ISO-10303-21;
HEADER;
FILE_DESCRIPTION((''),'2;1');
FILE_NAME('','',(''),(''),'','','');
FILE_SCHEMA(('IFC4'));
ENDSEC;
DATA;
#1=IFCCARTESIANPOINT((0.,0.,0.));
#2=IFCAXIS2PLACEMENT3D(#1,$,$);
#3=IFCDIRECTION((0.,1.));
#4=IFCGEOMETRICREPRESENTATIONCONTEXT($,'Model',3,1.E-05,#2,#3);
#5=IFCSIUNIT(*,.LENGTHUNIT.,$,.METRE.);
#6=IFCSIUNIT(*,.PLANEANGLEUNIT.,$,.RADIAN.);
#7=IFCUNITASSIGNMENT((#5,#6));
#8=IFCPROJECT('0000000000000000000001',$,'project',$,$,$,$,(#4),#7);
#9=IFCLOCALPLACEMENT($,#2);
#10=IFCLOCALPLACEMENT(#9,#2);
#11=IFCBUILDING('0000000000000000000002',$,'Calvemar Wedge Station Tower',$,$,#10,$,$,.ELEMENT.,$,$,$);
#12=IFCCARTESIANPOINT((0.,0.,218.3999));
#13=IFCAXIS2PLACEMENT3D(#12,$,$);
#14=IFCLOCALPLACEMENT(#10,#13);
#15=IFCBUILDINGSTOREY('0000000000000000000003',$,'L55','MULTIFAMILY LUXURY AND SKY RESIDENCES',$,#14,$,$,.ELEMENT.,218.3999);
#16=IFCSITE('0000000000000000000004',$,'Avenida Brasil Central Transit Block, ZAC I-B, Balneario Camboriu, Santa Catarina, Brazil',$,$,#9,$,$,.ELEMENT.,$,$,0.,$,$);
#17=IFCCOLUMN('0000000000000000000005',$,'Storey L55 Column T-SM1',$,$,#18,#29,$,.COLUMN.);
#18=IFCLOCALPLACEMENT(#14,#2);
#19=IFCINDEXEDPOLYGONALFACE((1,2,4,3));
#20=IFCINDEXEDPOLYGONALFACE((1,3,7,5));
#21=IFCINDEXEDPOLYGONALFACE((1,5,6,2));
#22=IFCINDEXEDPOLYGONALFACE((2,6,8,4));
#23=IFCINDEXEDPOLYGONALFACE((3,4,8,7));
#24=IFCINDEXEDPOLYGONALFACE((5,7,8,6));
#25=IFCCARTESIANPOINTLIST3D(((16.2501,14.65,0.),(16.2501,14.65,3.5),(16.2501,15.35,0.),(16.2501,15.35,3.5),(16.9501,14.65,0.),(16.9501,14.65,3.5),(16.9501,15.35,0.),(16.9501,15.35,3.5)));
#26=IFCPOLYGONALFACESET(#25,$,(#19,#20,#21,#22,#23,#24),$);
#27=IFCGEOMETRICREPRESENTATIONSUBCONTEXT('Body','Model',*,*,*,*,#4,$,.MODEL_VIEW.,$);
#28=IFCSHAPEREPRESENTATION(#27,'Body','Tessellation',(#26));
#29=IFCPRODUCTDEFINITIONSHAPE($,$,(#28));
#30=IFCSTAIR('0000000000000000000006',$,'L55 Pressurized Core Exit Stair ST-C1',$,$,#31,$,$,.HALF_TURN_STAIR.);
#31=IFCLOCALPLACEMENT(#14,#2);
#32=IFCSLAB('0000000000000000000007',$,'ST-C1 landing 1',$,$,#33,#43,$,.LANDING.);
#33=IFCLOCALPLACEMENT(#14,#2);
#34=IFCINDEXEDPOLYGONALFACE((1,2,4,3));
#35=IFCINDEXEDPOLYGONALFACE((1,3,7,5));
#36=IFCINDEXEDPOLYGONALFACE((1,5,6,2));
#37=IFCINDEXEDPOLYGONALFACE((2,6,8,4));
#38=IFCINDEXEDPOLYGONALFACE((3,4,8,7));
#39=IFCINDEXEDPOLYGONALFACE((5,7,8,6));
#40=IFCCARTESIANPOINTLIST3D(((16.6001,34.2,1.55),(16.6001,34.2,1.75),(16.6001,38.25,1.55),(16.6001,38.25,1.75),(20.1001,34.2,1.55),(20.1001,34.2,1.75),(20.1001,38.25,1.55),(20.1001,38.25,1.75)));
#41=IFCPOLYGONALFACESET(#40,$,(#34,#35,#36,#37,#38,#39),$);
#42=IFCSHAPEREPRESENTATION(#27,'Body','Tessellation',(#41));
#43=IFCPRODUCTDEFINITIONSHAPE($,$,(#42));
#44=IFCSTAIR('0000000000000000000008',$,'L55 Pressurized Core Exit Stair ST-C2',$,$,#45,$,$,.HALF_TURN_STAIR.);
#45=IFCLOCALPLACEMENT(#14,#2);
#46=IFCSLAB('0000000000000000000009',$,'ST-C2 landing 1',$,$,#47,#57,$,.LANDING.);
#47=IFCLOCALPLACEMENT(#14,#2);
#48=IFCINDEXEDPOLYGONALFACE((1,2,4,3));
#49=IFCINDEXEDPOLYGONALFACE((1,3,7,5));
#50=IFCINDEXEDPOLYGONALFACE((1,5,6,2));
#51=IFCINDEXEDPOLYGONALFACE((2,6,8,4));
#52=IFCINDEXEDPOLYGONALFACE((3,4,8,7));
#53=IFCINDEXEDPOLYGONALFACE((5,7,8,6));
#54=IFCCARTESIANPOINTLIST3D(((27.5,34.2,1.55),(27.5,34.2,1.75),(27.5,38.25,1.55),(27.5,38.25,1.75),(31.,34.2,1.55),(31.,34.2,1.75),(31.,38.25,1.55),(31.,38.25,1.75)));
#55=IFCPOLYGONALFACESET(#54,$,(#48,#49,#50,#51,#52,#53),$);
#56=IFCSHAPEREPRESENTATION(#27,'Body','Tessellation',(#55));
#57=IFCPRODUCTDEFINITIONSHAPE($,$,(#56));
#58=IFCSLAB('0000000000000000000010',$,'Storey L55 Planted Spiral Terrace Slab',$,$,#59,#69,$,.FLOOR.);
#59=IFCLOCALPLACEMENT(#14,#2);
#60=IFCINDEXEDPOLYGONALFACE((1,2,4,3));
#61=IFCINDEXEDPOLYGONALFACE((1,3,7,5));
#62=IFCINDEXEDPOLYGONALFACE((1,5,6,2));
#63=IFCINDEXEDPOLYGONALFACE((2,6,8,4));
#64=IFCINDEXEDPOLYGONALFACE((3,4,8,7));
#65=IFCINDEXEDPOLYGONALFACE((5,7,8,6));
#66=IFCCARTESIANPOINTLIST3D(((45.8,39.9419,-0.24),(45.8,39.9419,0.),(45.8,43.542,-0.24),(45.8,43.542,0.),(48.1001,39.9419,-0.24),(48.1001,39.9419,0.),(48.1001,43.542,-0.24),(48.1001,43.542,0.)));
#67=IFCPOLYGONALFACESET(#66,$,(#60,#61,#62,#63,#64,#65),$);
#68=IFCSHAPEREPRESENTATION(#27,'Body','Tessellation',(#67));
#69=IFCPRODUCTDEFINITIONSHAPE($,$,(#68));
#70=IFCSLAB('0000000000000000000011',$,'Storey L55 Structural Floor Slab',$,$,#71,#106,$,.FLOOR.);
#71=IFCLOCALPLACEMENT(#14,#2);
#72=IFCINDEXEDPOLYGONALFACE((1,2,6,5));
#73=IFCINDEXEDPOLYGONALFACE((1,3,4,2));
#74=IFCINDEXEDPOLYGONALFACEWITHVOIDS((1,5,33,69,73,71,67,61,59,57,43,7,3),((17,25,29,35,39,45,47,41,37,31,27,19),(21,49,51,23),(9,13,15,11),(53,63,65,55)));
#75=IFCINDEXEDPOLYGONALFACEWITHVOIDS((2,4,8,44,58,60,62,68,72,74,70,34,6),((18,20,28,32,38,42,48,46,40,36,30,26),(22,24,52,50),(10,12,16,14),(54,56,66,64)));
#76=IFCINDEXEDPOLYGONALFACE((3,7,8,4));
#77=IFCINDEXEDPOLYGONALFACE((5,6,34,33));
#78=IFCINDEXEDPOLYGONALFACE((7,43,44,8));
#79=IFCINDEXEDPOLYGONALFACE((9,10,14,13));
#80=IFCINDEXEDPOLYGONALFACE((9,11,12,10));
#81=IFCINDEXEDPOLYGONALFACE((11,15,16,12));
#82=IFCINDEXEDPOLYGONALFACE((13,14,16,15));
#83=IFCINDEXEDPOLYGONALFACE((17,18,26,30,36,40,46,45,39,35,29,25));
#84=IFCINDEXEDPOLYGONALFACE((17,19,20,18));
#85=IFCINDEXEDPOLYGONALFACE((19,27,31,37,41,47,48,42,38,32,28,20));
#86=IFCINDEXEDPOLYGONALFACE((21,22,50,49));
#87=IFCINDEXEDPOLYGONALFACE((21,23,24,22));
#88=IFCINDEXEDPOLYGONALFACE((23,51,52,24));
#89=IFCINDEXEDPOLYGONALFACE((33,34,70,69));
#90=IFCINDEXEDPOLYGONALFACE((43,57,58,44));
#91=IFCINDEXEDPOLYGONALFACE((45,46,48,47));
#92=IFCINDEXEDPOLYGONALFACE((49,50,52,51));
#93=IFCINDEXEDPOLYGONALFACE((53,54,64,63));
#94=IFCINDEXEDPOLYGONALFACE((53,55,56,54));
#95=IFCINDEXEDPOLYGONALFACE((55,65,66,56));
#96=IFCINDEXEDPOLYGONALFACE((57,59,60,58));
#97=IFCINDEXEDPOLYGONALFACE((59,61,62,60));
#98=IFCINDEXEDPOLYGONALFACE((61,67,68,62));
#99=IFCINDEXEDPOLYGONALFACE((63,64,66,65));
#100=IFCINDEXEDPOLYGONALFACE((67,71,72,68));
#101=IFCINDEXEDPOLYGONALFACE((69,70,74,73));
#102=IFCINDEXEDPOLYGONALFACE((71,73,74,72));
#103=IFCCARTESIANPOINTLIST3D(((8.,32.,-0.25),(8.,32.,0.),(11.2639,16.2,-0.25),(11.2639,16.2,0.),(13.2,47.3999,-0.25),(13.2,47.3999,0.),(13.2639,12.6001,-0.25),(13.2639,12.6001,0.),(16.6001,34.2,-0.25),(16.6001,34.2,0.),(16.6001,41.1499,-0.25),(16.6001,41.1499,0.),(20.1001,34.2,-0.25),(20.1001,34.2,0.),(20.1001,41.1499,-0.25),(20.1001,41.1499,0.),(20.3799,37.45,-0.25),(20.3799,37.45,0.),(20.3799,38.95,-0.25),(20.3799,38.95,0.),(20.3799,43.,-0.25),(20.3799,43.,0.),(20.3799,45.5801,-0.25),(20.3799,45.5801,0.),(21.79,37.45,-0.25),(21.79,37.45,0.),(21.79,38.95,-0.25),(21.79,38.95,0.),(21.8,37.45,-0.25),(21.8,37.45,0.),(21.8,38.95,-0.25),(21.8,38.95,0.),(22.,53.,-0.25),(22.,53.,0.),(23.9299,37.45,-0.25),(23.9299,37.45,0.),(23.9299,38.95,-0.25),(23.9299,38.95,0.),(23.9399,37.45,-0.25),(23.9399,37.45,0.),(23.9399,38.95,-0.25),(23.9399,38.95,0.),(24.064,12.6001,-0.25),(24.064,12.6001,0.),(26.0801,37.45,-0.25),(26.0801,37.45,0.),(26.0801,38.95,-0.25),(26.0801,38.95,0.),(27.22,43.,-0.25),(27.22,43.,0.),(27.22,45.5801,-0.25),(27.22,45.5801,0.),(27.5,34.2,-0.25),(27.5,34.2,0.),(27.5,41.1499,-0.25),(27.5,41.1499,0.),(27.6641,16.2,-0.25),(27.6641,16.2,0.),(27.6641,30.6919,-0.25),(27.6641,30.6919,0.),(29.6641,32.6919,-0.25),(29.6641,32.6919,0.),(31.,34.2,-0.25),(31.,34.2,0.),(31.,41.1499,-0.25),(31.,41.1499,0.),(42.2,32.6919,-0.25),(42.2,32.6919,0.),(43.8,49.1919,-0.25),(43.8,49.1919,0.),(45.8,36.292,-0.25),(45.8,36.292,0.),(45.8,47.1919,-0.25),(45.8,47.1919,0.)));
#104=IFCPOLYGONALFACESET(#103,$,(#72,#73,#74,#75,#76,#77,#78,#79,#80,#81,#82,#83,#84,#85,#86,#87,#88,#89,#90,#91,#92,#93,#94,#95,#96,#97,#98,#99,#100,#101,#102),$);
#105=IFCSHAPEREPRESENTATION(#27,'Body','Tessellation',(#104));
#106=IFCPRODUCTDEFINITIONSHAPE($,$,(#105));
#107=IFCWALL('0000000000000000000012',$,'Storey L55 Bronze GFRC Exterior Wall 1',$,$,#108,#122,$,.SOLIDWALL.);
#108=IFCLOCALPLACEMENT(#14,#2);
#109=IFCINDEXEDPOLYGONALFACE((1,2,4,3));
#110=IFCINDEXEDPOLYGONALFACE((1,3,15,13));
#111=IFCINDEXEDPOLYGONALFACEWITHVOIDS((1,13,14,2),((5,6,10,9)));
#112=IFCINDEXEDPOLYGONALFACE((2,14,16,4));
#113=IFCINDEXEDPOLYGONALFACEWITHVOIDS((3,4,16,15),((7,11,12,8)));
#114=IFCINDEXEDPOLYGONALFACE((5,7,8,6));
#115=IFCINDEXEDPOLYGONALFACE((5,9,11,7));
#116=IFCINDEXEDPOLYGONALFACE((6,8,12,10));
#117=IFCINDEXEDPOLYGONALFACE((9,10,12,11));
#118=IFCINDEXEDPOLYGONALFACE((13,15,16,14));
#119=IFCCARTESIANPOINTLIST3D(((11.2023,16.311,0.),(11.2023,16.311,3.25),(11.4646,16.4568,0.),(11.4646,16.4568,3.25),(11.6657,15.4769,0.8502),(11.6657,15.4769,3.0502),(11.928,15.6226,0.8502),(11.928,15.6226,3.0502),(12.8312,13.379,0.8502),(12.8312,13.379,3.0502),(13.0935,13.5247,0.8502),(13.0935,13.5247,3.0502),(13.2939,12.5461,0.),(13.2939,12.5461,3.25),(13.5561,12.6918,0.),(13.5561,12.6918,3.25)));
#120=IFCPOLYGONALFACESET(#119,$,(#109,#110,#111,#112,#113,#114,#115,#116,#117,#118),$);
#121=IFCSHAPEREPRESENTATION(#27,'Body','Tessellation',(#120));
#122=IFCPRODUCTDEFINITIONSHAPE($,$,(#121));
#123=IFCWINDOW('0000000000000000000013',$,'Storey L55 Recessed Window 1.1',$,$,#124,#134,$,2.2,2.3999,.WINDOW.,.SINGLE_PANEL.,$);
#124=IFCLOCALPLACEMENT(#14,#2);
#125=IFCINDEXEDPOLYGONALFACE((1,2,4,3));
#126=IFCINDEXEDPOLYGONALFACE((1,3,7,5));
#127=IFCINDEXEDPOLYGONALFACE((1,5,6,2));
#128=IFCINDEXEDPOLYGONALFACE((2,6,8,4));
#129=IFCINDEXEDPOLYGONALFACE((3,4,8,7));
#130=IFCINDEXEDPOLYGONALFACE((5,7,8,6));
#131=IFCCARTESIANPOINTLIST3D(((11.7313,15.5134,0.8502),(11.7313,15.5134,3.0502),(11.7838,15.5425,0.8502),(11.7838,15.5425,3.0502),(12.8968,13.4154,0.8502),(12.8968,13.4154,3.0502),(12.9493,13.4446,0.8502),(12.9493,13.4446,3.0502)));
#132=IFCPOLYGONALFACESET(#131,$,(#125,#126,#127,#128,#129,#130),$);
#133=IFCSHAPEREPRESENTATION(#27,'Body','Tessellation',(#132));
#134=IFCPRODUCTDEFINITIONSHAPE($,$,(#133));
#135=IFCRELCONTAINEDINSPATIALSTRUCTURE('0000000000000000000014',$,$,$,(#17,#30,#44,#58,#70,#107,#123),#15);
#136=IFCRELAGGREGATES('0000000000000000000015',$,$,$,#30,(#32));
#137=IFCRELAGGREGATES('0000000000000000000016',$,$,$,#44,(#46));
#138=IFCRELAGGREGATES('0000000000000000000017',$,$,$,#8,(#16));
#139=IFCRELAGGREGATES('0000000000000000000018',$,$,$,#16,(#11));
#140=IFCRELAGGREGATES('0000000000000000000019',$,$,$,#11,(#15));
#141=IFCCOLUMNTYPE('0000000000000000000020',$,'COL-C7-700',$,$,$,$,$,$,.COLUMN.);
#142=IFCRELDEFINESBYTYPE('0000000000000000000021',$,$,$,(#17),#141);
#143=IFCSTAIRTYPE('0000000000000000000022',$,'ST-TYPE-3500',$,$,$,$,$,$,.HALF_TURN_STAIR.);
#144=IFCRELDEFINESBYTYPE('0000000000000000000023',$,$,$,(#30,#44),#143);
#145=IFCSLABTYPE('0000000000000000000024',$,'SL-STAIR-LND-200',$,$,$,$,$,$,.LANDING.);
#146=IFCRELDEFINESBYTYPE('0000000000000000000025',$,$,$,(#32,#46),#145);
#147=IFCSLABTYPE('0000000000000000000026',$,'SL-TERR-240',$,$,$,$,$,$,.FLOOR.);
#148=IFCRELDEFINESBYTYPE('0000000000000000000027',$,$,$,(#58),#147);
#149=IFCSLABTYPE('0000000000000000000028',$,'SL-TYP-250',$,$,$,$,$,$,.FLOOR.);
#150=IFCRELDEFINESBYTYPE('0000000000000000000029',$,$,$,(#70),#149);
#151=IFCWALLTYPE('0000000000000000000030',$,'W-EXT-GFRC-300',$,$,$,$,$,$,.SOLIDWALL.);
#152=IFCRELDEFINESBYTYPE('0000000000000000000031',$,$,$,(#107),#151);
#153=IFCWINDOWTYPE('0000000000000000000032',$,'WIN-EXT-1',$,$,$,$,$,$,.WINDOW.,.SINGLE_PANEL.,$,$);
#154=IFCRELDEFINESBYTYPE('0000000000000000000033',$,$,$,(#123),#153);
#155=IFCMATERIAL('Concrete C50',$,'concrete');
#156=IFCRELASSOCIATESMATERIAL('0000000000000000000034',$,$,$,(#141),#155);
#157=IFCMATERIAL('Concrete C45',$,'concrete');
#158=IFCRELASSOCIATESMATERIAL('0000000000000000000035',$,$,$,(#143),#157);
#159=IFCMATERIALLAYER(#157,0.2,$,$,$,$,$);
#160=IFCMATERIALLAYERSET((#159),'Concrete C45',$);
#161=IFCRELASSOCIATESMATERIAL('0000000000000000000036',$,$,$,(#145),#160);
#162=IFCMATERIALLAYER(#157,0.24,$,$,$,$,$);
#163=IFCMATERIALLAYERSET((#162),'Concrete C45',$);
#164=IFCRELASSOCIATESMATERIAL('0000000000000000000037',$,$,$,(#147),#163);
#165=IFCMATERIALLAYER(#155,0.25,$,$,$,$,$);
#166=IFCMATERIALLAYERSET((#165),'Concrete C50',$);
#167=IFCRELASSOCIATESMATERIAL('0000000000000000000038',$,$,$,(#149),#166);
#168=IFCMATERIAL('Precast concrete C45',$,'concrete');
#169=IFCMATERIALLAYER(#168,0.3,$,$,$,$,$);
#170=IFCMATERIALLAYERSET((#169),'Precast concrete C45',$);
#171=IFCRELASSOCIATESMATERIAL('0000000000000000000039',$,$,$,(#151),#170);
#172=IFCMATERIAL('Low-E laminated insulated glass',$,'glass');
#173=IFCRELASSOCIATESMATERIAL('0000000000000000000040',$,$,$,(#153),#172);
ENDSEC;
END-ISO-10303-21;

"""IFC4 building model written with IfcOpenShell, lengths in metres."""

from ifc_helpers import new_model, si_unit, direction, frame, frame_2d, origin, origin_2d, place, context, subcontext, project, spatial, polyline, rectangle, outline, extrude, source, transform, mapped, material, layer, layer_set, material_profile, profile_set, type_object, element, fill, aggregate, save


model = new_model("IFC4")

# Units and contexts
model_context = context("Model", 3, precision=1e-05, world=origin(), true_north=direction((0.0, 1.0)))
body_context = subcontext(model_context, "Body", "Model", "MODEL_VIEW")
ifc_project = project(units=[si_unit("LENGTHUNIT", "METRE"), si_unit("PLANEANGLEUNIT", "RADIAN")], contexts=[model_context])

# Site, building, storey
site_placement = place(None, origin())
site = spatial("IfcSite", under=ifc_project, at=site_placement, Name="Avenida Brasil Central Transit Block, ZAC I-B, Balneario Camboriu, Santa Catarina, Brazil", CompositionType="ELEMENT", RefElevation=0.0)
building_placement = place(site_placement, origin())
building = spatial("IfcBuilding", under=site, at=building_placement, Name="Calvemar Wedge Station Tower", CompositionType="ELEMENT")
storey_placement = place(building_placement, frame((0.0, 0.0, 218.3999)))
storey = spatial("IfcBuildingStorey", under=building, at=storey_placement, Name="L55", Description="MULTIFAMILY LUXURY AND SKY RESIDENCES", CompositionType="ELEMENT", Elevation=218.3999)

# Column
ifc_material_1 = material(Name="Concrete C50", Category="concrete")
ifc_material_profile = material_profile(ifc_material_1, rectangle(XDim=0.7, YDim=0.7, at=origin_2d()), Name="RC700x700")
ifc_profile_set = profile_set([ifc_material_profile], Name="Concrete C50")
column_type = type_object("IfcColumnType", Name="COL-C7-700", PredefinedType="COLUMN", material=ifc_profile_set)
shared_shape_1 = source(origin(), body_context, "Body", "SweptSolid", [
    extrude(rectangle(XDim=0.7, YDim=0.7, at=origin_2d()), origin(), (0.0, 0.0, 1.0), 3.5),
])
column_placement = place(storey_placement, frame((16.6001, 15.0, 0.0), z_axis=(0.0, 0.0, 1.0), x_axis=(1.0, 0.0, 0.0)))
element("IfcColumn", 1, at=column_placement, inside=storey, type_object=column_type, Name="Storey L55 Column T-SM1", PredefinedType="COLUMN", context=body_context, shape_type="MappedRepresentation", body=[
    mapped(shared_shape_1, transform((0.0, 0.0, 0.0), scale=1.0)),
])

# Stairs, slabs
ifc_material_2 = material(Name="Concrete C45", Category="concrete")
stair_type = type_object("IfcStairType", Name="ST-TYPE-3500", PredefinedType="HALF_TURN_STAIR", material=ifc_material_2)
stair_1_placement = place(storey_placement, origin())
stair_1 = element("IfcStair", 2, at=stair_1_placement, inside=storey, type_object=stair_type, Name="L55 Pressurized Core Exit Stair ST-C1", PredefinedType="HALF_TURN_STAIR")
ifc_layer_1 = layer(ifc_material_2, 0.2)
ifc_layer_set_1 = layer_set([ifc_layer_1], Name="Concrete C45")
slab_type_1 = type_object("IfcSlabType", Name="SL-STAIR-LND-200", PredefinedType="LANDING", material=ifc_layer_set_1)
slab_1_placement = place(storey_placement, frame((0.0, 0.0, 1.55)))
slab_1 = element("IfcSlab", 3, at=slab_1_placement, type_object=slab_type_1, Name="ST-C1 landing 1", PredefinedType="LANDING", context=body_context, shape_type="SweptSolid", body=[
    extrude(outline(polyline([(16.6001, 38.25), (16.6001, 34.2), (20.1001, 34.2), (20.1001, 38.25), (16.6001, 38.25)])), origin(), (0.0, 0.0, 1.0), 0.2),
])
aggregate(stair_1, [slab_1])
stair_2_placement = place(storey_placement, origin())
stair_2 = element("IfcStair", 4, at=stair_2_placement, inside=storey, type_object=stair_type, Name="L55 Pressurized Core Exit Stair ST-C2", PredefinedType="HALF_TURN_STAIR")
slab_2_placement = place(storey_placement, frame((0.0, 0.0, 1.55)))
slab_2 = element("IfcSlab", 5, at=slab_2_placement, type_object=slab_type_1, Name="ST-C2 landing 1", PredefinedType="LANDING", context=body_context, shape_type="SweptSolid", body=[
    extrude(outline(polyline([(27.5, 38.25), (27.5, 34.2), (31.0, 34.2), (31.0, 38.25), (27.5, 38.25)])), origin(), (0.0, 0.0, 1.0), 0.2),
])
aggregate(stair_2, [slab_2])

# Slabs
ifc_layer_2 = layer(ifc_material_2, 0.24)
ifc_layer_set_2 = layer_set([ifc_layer_2], Name="Concrete C45")
slab_type_2 = type_object("IfcSlabType", Name="SL-TERR-240", PredefinedType="FLOOR", material=ifc_layer_set_2)
slab_3_placement = place(storey_placement, frame((0.0, 0.0, -0.24)))
element("IfcSlab", 6, at=slab_3_placement, inside=storey, type_object=slab_type_2, Name="Storey L55 Planted Spiral Terrace Slab", PredefinedType="FLOOR", context=body_context, shape_type="SweptSolid", body=[
    extrude(outline(polyline([(45.8, 39.9419), (48.1001, 39.9419), (48.1001, 43.542), (45.8, 43.542), (45.8, 39.9419)])), origin(), (0.0, 0.0, 1.0), 0.24),
])
ifc_layer_3 = layer(ifc_material_1, 0.25)
ifc_layer_set_3 = layer_set([ifc_layer_3], Name="Concrete C50")
slab_type_3 = type_object("IfcSlabType", Name="SL-TYP-250", PredefinedType="FLOOR", material=ifc_layer_set_3)
slab_4_placement = place(storey_placement, frame((0.0, 0.0, -0.25)))
element("IfcSlab", 7, at=slab_4_placement, inside=storey, type_object=slab_type_3, Name="Storey L55 Structural Floor Slab", PredefinedType="FLOOR", context=body_context, shape_type="SweptSolid", body=[
    extrude(outline(polyline([(8.0, 32.0), (11.2639, 16.2), (13.2639, 12.6001), (24.064, 12.6001), (27.6641, 16.2), (27.6641, 30.6919), (29.6641, 32.6919), (42.2, 32.6919), (45.8, 36.292), (45.8, 47.1919), (43.8, 49.1919), (22.0, 53.0), (13.2, 47.3999), (8.0, 32.0)]), holes=[polyline([(20.1001, 34.2), (20.1001, 41.1499), (16.6001, 41.1499), (16.6001, 34.2), (20.1001, 34.2)]), polyline([(27.5, 34.2), (31.0, 34.2), (31.0, 41.1499), (27.5, 41.1499), (27.5, 34.2)]), polyline([(21.8, 37.45), (23.9299, 37.45), (23.9399, 37.45), (26.0801, 37.45), (26.0801, 38.95), (23.9399, 38.95), (23.9299, 38.95), (21.8, 38.95), (21.79, 38.95), (20.3799, 38.95), (20.3799, 37.45), (21.79, 37.45), (21.8, 37.45)]), polyline([(27.22, 43.0), (27.22, 45.5801), (20.3799, 45.5801), (20.3799, 43.0), (27.22, 43.0)])]), origin(), (0.0, 0.0, 1.0), 0.25),
])

# Wall, opening, window
ifc_material_3 = material(Name="Precast concrete C45", Category="concrete")
ifc_layer_4 = layer(ifc_material_3, 0.3)
ifc_layer_set_4 = layer_set([ifc_layer_4], Name="Precast concrete C45")
wall_type_1 = type_object("IfcWallType", Name="W-EXT-GFRC-300", PredefinedType="SOLIDWALL", material=ifc_layer_set_4)
wall_1_placement = place(storey_placement, frame((11.3335, 16.3838, 0.0), z_axis=(0.0, 0.0, 1.0), x_axis=(0.485633, -0.874163, 0.0)))
wall_1 = element("IfcWall", 8, at=wall_1_placement, inside=storey, type_object=wall_type_1, Name="Storey L55 Bronze GFRC Exterior Wall 1", PredefinedType="SOLIDWALL", context=body_context, shape_type="SweptSolid", body=[
    extrude(rectangle(XDim=4.3069, YDim=0.3, at=frame_2d((2.1533, 0.0))), origin(), (0.0, 0.0, 1.0), 3.25),
])
shared_shape_2 = source(origin(), body_context, "Body", "SweptSolid", [
    extrude(rectangle(XDim=2.3999, YDim=2.2, at=frame_2d((1.2, 1.1001))), frame((0.0, 0.1602, 0.0), z_axis=(0.0, -1.0, 0.0), x_axis=(1.0, 0.0, 0.0)), (0.0, 0.0, 1.0), 0.3201),
])
opening_1_placement = place(wall_1_placement, frame((0.9541, 0.0, 0.8501)))
opening_1 = element("IfcOpeningElement", 9, at=opening_1_placement, cuts=wall_1, PredefinedType="OPENING", context=body_context, shape_type="MappedRepresentation", body=[
    mapped(shared_shape_2, transform((0.0, 0.0, 0.0), scale=1.0)),
])
ifc_material_4 = material(Name="Low-E laminated insulated glass", Category="glass")
window_type_1 = type_object("IfcWindowType", Name="WIN-EXT-1", PartitioningType="SINGLE_PANEL", PredefinedType="WINDOW", material=ifc_material_4)
shared_shape_3 = source(origin(), body_context, "Body", "SweptSolid", [
    extrude(rectangle(XDim=2.3999, YDim=2.2, at=frame_2d((1.2, 1.1001))), frame((0.0, -0.0149, 0.0), z_axis=(0.0, -1.0, 0.0), x_axis=(1.0, 0.0, 0.0)), (0.0, 0.0, 1.0), 0.0601),
])
window_1_placement = place(opening_1_placement, origin())
window_1 = element("IfcWindow", 10, at=window_1_placement, inside=storey, type_object=window_type_1, Name="Storey L55 Recessed Window 1.1", OverallHeight=2.2, OverallWidth=2.3999, PartitioningType="SINGLE_PANEL", PredefinedType="WINDOW", context=body_context, shape_type="MappedRepresentation", body=[
    mapped(shared_shape_3, transform((0.0, 0.0, 0.0), scale=1.0)),
])
fill(opening_1, window_1)

save(model, "model.ifc")
